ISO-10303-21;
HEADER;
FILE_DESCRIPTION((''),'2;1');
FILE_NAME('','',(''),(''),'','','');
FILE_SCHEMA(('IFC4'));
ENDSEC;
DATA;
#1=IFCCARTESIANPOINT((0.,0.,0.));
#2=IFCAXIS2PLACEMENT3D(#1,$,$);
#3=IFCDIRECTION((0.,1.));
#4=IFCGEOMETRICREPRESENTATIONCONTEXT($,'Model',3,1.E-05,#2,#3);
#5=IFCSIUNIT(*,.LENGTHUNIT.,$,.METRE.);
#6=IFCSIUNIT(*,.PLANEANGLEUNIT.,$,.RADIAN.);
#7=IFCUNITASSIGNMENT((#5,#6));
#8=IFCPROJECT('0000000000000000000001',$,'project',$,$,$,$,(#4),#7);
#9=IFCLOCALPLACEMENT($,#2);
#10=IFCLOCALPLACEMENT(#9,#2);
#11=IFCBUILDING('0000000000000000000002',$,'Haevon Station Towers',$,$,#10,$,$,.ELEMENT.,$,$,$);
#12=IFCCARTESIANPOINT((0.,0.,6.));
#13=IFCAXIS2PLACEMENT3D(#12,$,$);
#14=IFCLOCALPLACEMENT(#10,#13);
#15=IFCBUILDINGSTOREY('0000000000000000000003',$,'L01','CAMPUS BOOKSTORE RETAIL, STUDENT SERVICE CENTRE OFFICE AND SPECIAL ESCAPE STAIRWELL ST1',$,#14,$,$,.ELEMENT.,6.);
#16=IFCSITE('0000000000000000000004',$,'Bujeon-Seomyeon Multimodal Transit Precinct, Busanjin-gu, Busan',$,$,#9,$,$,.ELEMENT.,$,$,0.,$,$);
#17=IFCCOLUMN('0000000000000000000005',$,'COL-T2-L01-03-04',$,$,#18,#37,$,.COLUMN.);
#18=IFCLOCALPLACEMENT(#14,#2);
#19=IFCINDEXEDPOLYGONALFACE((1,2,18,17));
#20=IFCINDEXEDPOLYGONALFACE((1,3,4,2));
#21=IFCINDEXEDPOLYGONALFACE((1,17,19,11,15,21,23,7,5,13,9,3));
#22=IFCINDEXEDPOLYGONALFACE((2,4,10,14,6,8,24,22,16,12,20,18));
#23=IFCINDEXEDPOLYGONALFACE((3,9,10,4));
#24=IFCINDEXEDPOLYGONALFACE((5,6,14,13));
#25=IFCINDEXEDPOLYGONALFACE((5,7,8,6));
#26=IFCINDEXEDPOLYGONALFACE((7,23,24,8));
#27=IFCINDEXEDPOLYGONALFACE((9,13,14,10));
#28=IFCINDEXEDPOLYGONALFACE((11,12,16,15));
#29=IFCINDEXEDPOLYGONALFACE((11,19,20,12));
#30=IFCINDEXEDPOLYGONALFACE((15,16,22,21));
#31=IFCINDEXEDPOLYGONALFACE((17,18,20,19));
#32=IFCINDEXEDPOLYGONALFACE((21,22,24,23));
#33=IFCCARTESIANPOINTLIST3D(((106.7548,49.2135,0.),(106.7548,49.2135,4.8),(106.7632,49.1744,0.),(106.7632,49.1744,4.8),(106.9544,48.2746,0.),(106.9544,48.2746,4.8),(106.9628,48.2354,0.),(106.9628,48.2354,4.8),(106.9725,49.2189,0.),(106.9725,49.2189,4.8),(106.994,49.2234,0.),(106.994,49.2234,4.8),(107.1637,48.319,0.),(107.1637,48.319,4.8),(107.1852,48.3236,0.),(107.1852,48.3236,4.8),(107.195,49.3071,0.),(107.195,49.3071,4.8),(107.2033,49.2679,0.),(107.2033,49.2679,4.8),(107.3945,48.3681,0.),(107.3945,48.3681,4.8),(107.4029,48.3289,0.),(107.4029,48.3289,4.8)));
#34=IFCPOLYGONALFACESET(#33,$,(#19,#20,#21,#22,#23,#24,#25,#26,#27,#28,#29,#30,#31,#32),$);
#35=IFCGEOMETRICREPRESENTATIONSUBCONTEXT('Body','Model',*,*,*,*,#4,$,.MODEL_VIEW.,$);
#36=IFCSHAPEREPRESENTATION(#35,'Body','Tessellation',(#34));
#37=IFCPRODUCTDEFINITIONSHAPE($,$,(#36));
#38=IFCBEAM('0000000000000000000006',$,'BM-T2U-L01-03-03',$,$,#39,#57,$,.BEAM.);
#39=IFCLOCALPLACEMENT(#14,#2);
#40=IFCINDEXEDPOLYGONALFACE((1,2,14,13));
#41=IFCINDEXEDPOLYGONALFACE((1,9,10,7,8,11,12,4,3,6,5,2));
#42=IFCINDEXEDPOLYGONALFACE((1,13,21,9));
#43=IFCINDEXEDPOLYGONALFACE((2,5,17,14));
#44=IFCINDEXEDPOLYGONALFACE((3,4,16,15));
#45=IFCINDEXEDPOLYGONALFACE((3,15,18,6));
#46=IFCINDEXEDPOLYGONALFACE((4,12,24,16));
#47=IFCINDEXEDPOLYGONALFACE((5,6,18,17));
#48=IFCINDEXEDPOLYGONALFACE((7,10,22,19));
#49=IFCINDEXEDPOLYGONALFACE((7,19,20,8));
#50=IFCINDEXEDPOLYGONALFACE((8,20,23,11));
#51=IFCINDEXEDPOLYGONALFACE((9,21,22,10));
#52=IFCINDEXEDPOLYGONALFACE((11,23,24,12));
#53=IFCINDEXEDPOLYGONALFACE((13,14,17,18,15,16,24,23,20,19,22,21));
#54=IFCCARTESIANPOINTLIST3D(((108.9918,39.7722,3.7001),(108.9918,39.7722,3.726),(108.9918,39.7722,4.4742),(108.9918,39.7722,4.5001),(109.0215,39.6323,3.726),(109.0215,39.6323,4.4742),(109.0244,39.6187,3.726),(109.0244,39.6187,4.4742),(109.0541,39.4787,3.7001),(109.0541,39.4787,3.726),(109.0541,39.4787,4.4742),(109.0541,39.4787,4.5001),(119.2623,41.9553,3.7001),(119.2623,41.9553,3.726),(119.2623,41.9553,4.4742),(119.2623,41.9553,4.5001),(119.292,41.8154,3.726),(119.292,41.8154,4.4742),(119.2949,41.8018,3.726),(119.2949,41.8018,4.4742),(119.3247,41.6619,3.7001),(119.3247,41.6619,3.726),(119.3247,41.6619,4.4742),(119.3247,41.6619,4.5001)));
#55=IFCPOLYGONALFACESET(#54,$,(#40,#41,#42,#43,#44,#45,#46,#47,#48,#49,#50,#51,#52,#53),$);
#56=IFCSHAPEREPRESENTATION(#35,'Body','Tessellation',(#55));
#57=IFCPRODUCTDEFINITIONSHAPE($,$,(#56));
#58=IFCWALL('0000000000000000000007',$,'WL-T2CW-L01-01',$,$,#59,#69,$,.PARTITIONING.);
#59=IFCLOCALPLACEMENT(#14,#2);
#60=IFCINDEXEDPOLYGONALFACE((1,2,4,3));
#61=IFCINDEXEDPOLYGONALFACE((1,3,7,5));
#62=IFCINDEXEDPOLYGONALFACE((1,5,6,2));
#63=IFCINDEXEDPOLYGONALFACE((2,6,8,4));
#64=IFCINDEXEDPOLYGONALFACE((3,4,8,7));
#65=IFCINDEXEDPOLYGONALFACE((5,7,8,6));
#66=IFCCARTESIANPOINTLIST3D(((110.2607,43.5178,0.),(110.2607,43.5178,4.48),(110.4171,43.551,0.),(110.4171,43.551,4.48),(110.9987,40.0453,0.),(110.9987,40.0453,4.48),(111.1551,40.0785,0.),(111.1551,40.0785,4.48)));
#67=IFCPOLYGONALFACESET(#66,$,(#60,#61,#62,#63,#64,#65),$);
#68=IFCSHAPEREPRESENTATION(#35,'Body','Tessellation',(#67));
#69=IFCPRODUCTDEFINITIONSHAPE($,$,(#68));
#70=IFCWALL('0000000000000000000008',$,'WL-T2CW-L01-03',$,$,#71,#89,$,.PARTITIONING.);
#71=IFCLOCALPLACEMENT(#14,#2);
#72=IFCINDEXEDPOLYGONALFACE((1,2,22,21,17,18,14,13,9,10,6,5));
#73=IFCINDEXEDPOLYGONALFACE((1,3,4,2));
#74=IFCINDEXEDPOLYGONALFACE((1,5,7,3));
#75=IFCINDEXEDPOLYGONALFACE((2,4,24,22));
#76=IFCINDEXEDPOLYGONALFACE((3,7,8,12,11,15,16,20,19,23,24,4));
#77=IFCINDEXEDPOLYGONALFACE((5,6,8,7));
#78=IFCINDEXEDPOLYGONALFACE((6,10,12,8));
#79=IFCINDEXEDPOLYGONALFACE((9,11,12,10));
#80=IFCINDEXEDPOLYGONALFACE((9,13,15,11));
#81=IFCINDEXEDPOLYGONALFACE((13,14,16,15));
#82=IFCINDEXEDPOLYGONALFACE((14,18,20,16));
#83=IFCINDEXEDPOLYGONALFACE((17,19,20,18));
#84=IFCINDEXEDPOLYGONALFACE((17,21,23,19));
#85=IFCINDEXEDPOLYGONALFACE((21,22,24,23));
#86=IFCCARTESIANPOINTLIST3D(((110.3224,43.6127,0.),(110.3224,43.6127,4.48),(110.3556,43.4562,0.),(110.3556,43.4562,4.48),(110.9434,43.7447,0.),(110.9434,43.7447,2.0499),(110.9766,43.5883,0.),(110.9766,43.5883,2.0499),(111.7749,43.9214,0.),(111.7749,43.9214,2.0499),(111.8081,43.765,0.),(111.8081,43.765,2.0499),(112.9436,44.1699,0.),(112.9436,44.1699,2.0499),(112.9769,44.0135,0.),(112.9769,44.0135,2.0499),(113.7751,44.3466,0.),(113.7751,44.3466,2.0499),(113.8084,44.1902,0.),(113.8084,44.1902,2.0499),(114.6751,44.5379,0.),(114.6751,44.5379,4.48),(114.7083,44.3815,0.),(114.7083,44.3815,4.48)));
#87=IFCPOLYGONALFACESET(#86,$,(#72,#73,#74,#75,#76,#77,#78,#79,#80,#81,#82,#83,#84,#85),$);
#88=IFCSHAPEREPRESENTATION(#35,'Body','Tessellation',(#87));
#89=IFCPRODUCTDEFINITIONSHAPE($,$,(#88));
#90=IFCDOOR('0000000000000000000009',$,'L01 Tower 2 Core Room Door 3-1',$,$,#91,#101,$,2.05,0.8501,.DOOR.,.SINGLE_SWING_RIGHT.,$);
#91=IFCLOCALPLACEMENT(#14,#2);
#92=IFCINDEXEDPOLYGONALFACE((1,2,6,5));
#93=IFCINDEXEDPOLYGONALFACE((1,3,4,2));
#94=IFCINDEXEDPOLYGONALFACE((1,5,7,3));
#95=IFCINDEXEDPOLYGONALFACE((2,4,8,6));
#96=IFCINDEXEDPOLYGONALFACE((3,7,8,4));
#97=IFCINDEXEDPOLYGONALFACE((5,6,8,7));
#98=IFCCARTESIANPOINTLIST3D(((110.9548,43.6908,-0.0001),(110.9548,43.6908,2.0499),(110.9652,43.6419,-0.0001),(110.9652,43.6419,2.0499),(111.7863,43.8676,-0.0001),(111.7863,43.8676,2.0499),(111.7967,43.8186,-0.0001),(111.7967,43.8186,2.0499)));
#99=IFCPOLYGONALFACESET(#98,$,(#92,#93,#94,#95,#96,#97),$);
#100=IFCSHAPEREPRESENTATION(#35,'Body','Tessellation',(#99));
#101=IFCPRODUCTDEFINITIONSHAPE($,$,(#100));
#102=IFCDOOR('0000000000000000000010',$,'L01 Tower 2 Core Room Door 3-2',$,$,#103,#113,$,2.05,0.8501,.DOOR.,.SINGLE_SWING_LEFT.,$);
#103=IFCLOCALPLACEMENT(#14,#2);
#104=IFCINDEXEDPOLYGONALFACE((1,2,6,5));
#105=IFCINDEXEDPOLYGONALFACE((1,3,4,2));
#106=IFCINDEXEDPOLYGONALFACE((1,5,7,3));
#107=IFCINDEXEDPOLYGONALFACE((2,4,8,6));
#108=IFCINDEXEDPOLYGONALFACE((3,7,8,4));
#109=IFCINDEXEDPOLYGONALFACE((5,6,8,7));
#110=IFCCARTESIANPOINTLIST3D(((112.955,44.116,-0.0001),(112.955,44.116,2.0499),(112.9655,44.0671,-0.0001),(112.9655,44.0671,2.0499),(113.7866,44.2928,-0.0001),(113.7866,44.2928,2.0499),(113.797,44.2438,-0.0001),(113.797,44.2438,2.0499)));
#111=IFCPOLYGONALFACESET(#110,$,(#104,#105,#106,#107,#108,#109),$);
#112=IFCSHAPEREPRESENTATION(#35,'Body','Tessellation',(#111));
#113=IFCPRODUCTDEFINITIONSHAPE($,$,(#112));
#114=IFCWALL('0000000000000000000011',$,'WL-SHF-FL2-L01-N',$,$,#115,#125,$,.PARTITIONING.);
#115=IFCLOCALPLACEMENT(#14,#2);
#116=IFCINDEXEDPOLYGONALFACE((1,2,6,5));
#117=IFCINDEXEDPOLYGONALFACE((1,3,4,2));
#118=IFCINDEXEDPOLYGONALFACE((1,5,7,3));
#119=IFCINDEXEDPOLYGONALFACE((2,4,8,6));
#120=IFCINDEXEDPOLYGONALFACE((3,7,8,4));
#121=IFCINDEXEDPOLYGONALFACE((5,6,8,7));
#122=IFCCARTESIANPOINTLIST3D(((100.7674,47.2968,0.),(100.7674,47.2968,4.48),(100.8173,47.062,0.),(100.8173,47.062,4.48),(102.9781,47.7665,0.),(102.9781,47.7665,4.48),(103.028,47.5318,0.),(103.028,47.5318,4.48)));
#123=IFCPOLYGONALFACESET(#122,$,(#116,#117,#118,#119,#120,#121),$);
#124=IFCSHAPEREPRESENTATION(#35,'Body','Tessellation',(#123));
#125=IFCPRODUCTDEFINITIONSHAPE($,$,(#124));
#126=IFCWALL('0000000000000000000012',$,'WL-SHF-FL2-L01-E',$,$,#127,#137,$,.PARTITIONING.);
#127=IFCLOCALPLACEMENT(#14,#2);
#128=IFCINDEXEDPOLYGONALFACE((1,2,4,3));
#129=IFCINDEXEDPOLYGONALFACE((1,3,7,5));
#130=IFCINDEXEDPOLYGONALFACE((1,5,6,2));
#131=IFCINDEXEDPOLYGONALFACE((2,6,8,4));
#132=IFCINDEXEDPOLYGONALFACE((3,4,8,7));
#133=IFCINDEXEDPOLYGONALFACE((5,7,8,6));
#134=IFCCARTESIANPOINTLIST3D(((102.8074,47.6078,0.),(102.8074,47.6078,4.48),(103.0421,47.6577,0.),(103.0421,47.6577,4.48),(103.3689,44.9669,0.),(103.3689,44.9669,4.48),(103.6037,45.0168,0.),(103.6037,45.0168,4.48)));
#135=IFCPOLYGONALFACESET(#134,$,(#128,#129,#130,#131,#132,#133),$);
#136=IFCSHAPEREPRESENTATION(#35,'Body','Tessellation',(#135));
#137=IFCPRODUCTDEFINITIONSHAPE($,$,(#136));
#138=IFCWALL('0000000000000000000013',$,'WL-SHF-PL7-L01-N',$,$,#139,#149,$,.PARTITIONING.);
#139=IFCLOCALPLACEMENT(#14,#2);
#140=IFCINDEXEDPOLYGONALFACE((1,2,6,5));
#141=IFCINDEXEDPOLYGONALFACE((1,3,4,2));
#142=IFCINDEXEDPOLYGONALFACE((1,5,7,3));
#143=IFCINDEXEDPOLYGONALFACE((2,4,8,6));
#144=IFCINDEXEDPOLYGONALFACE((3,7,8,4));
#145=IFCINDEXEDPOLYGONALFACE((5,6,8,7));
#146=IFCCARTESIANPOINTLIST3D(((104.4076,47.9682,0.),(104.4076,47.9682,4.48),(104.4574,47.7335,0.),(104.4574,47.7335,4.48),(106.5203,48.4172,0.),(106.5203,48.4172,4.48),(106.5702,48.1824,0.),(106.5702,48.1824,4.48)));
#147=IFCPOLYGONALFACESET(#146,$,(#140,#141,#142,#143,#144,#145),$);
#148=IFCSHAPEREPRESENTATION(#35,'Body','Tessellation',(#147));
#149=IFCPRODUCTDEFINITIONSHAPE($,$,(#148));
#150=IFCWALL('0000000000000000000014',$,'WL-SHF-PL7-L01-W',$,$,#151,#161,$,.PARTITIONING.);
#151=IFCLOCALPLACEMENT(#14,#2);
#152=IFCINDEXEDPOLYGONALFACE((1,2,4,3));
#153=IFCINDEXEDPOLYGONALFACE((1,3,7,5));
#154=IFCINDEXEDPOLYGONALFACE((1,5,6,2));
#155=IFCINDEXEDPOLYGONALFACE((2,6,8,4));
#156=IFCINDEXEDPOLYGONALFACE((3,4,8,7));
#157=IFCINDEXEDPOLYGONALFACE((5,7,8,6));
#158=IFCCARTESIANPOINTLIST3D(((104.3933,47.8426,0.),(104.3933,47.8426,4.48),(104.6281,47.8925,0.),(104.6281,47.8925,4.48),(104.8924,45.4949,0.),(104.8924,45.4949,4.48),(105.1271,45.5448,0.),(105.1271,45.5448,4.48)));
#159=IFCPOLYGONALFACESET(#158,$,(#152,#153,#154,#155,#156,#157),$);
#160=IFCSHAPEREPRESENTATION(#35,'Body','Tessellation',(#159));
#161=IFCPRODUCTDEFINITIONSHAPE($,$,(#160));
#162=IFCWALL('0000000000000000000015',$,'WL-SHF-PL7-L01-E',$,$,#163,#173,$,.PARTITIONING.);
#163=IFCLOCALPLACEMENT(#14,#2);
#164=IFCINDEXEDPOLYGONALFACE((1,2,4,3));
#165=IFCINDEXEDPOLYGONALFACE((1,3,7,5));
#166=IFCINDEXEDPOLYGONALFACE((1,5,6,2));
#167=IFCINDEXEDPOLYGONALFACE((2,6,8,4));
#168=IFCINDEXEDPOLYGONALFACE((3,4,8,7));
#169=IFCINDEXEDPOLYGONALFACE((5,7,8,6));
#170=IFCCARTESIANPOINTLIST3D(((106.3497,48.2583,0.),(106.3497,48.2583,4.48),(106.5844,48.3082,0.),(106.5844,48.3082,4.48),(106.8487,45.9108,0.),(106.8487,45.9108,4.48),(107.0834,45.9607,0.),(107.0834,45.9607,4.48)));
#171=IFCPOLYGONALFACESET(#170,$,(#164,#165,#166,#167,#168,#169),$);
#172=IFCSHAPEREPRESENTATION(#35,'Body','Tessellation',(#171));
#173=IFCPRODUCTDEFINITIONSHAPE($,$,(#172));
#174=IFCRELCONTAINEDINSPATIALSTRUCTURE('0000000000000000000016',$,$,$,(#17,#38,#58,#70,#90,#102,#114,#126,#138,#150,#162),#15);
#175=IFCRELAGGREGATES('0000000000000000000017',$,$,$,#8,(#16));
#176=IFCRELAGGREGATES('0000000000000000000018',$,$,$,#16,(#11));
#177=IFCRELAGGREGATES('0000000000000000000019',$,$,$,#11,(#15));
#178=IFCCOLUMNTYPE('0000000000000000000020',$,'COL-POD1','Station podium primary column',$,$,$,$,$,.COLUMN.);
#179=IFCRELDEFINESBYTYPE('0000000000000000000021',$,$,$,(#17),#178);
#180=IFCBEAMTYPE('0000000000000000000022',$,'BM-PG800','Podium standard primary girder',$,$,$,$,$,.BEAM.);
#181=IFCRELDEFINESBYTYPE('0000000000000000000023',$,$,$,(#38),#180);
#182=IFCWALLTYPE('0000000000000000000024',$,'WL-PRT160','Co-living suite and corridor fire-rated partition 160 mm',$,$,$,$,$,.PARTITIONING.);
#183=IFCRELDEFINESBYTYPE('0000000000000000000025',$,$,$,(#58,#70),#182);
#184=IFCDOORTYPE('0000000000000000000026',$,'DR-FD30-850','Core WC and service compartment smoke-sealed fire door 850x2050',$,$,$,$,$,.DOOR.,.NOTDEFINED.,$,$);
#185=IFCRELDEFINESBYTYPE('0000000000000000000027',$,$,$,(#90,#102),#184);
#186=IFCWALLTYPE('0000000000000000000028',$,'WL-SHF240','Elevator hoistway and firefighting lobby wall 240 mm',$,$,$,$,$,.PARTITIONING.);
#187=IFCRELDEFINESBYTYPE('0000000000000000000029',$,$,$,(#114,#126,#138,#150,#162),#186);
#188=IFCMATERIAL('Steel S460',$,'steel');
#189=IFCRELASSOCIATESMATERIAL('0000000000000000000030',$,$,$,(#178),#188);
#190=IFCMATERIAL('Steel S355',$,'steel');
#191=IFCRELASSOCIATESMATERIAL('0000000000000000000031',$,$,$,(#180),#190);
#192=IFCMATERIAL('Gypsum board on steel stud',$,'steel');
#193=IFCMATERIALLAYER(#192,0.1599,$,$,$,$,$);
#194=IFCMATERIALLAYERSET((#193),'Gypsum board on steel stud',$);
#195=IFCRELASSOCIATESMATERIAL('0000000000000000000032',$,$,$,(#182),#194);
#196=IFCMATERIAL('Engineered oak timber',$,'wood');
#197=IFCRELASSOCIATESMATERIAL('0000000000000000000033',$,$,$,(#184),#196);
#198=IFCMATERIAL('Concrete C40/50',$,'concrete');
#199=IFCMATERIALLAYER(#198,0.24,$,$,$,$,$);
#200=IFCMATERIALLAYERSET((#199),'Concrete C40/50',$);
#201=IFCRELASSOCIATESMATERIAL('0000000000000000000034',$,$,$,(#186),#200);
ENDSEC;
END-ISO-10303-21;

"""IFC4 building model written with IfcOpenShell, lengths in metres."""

from ifc_helpers import new_model, si_unit, direction, frame, frame_2d, origin, origin_2d, place, context, subcontext, project, spatial, rectangle, i_section, extrude, material, layer, layer_set, material_profile, profile_set, type_object, element, fill, save


model = new_model("IFC4")

# Units and contexts
model_context = context("Model", 3, precision=1e-05, world=origin(), true_north=direction((0.0, 1.0)))
body_context = subcontext(model_context, "Body", "Model", "MODEL_VIEW")
ifc_project = project(units=[si_unit("LENGTHUNIT", "METRE"), si_unit("PLANEANGLEUNIT", "RADIAN")], contexts=[model_context])

# Site, building, storey
site_placement = place(None, origin())
site = spatial("IfcSite", under=ifc_project, at=site_placement, Name="Bujeon-Seomyeon Multimodal Transit Precinct, Busanjin-gu, Busan", CompositionType="ELEMENT", RefElevation=0.0)
building_placement = place(site_placement, origin())
building = spatial("IfcBuilding", under=site, at=building_placement, Name="Haevon Station Towers", CompositionType="ELEMENT")
storey_placement = place(building_placement, frame((0.0, 0.0, 6.0)))
storey = spatial("IfcBuildingStorey", under=building, at=storey_placement, Name="L01", Description="CAMPUS BOOKSTORE RETAIL, STUDENT SERVICE CENTRE OFFICE AND SPECIAL ESCAPE STAIRWELL ST1", CompositionType="ELEMENT", Elevation=6.0)

# Column
ifc_material_1 = material(Name="Steel S460", Category="steel")
ifc_material_profile_1 = material_profile(ifc_material_1, i_section(OverallWidth=0.45, OverallDepth=1.0, WebThickness=0.022, FlangeThickness=0.04, at=origin_2d()), Name="H-1000x450x22x40")
ifc_profile_set_1 = profile_set([ifc_material_profile_1], Name="Steel S460")
column_type = type_object("IfcColumnType", Name="COL-POD1", Description="Station podium primary column", PredefinedType="COLUMN", material=ifc_profile_set_1)
column_placement = place(storey_placement, frame((107.0789, 48.7712, 0.0), z_axis=(0.0, 0.0, 1.0), x_axis=(0.978148, 0.207912, 0.0)))
element("IfcColumn", 1, at=column_placement, inside=storey, type_object=column_type, Name="COL-T2-L01-03-04", PredefinedType="COLUMN", context=body_context, shape_type="SweptSolid", body=[
    extrude(i_section(OverallWidth=0.45, OverallDepth=1.0, WebThickness=0.022, FlangeThickness=0.04, at=origin_2d()), origin(), (0.0, 0.0, 1.0), 4.8),
])

# Beam
ifc_material_2 = material(Name="Steel S355", Category="steel")
ifc_material_profile_2 = material_profile(ifc_material_2, i_section(OverallWidth=0.3, OverallDepth=0.8, WebThickness=0.0139, FlangeThickness=0.0259, at=origin_2d()), Name="H-800x300x14x26")
ifc_profile_set_2 = profile_set([ifc_material_profile_2], Name="Steel S355")
beam_type = type_object("IfcBeamType", Name="BM-PG800", Description="Podium standard primary girder", PredefinedType="BEAM", material=ifc_profile_set_2)
beam_placement = place(storey_placement, frame((109.0229, 39.6255, 4.1001), z_axis=(0.978147, 0.207915, 0.0), x_axis=(-0.207915, 0.978147, 0.0)))
element("IfcBeam", 2, at=beam_placement, inside=storey, type_object=beam_type, Name="BM-T2U-L01-03-03", PredefinedType="BEAM", context=body_context, shape_type="SweptSolid", body=[
    extrude(i_section(OverallWidth=0.3, OverallDepth=0.8, WebThickness=0.0139, FlangeThickness=0.0259, at=origin_2d()), origin(), (0.0, 0.0, 1.0), 10.5),
])

# Wall
ifc_material_3 = material(Name="Gypsum board on steel stud", Category="steel")
ifc_layer_1 = layer(ifc_material_3, 0.1599)
ifc_layer_set_1 = layer_set([ifc_layer_1], Name="Gypsum board on steel stud")
wall_type_1 = type_object("IfcWallType", Name="WL-PRT160", Description="Co-living suite and corridor fire-rated partition 160 mm", PredefinedType="PARTITIONING", material=ifc_layer_set_1)
wall_1_placement = place(storey_placement, frame((111.0769, 40.062, 0.0), z_axis=(0.0, 0.0, 1.0), x_axis=(-0.207899, 0.97815, 0.0)))
element("IfcWall", 3, at=wall_1_placement, inside=storey, type_object=wall_type_1, Name="WL-T2CW-L01-01", PredefinedType="PARTITIONING", context=body_context, shape_type="SweptSolid", body=[
    extrude(rectangle(XDim=3.55, YDim=0.1599, at=frame_2d((1.7749, 0.0))), origin(), (0.0, 0.0, 1.0), 4.48),
])

# Wall, openings, doors
wall_2_placement = place(storey_placement, frame((110.3389, 43.5344, 0.0), z_axis=(0.0, 0.0, 1.0), x_axis=(0.978144, 0.207929, 0.0)))
wall_2 = element("IfcWall", 4, at=wall_2_placement, inside=storey, type_object=wall_type_1, Name="WL-T2CW-L01-03", PredefinedType="PARTITIONING", context=body_context, shape_type="SweptSolid", body=[
    extrude(rectangle(XDim=4.45, YDim=0.1599, at=frame_2d((2.2251, 0.0))), origin(), (0.0, 0.0, 1.0), 4.48),
])
opening_1_placement = place(wall_2_placement, frame((0.635, 0.0, 0.0)))
opening_1 = element("IfcOpeningElement", 5, at=opening_1_placement, cuts=wall_2, PredefinedType="OPENING", context=body_context, shape_type="SweptSolid", body=[
    extrude(rectangle(XDim=0.8501, YDim=2.05, at=frame_2d((0.425, 1.0249))), frame((0.0, 0.0898, 0.0), z_axis=(0.0, -1.0, 0.0), x_axis=(1.0, 0.0, 0.0)), (0.0, 0.0, 1.0), 0.1799),
])
opening_2_placement = place(wall_2_placement, frame((2.6799, 0.0, 0.0)))
opening_2 = element("IfcOpeningElement", 6, at=opening_2_placement, cuts=wall_2, PredefinedType="OPENING", context=body_context, shape_type="SweptSolid", body=[
    extrude(rectangle(XDim=0.8501, YDim=2.05, at=frame_2d((0.425, 1.0249))), frame((0.0, 0.0898, 0.0), z_axis=(0.0, -1.0, 0.0), x_axis=(1.0, 0.0, 0.0)), (0.0, 0.0, 1.0), 0.1799),
])
ifc_material_4 = material(Name="Engineered oak timber", Category="wood")
door_type_1 = type_object("IfcDoorType", Name="DR-FD30-850", Description="Core WC and service compartment smoke-sealed fire door 850x2050", OperationType="NOTDEFINED", PredefinedType="DOOR", material=ifc_material_4)
door_1_placement = place(opening_1_placement, origin())
door_1 = element("IfcDoor", 7, at=door_1_placement, inside=storey, type_object=door_type_1, Name="L01 Tower 2 Core Room Door 3-1", OperationType="SINGLE_SWING_RIGHT", OverallHeight=2.05, OverallWidth=0.8501, PredefinedType="DOOR", context=body_context, shape_type="SweptSolid", body=[
    extrude(rectangle(XDim=0.8501, YDim=2.05, at=frame_2d((0.425, 1.0249))), frame((0.0, 0.0249, 0.0), z_axis=(0.0, -1.0, 0.0), x_axis=(1.0, 0.0, 0.0)), (0.0, 0.0, 1.0), 0.05),
])
fill(opening_1, door_1)
door_2_placement = place(opening_2_placement, origin())
door_2 = element("IfcDoor", 8, at=door_2_placement, inside=storey, type_object=door_type_1, Name="L01 Tower 2 Core Room Door 3-2", OperationType="SINGLE_SWING_LEFT", OverallHeight=2.05, OverallWidth=0.8501, PredefinedType="DOOR", context=body_context, shape_type="SweptSolid", body=[
    extrude(rectangle(XDim=0.8501, YDim=2.05, at=frame_2d((0.425, 1.0249))), frame((0.0, 0.0249, 0.0), z_axis=(0.0, -1.0, 0.0), x_axis=(1.0, 0.0, 0.0)), (0.0, 0.0, 1.0), 0.05),
])
fill(opening_2, door_2)

# Shared definitions
ifc_material_5 = material(Name="Concrete C40/50", Category="concrete")
ifc_layer_2 = layer(ifc_material_5, 0.24)
ifc_layer_set_2 = layer_set([ifc_layer_2], Name="Concrete C40/50")
wall_type_2 = type_object("IfcWallType", Name="WL-SHF240", Description="Elevator hoistway and firefighting lobby wall 240 mm", PredefinedType="PARTITIONING", material=ifc_layer_set_2)

# Walls
wall_3_placement = place(storey_placement, frame((100.7925, 47.1794, 0.0), z_axis=(0.0, 0.0, 1.0), x_axis=(0.978163, 0.207839, 0.0)))
element("IfcWall", 9, at=wall_3_placement, inside=storey, type_object=wall_type_2, Name="WL-SHF-FL2-L01-N", PredefinedType="PARTITIONING", context=body_context, shape_type="SweptSolid", body=[
    extrude(rectangle(XDim=2.26, YDim=0.24, at=frame_2d((1.1299, 0.0))), origin(), (0.0, 0.0, 1.0), 4.48),
])
wall_4_placement = place(storey_placement, frame((103.4863, 44.9917, 0.0), z_axis=(0.0, 0.0, 1.0), x_axis=(-0.207979, 0.978133, 0.0)))
element("IfcWall", 10, at=wall_4_placement, inside=storey, type_object=wall_type_2, Name="WL-SHF-FL2-L01-E", PredefinedType="PARTITIONING", context=body_context, shape_type="SweptSolid", body=[
    extrude(rectangle(XDim=2.7, YDim=0.24, at=frame_2d((1.3501, 0.0))), origin(), (0.0, 0.0, 1.0), 4.48),
])

# Walls
wall_5_placement = place(storey_placement, frame((104.4324, 47.8508, 0.0), z_axis=(0.0, 0.0, 1.0), x_axis=(0.978158, 0.207861, 0.0)))
element("IfcWall", 11, at=wall_5_placement, inside=storey, type_object=wall_type_2, Name="WL-SHF-PL7-L01-N", PredefinedType="PARTITIONING", context=body_context, shape_type="SweptSolid", body=[
    extrude(rectangle(XDim=2.1599, YDim=0.24, at=frame_2d((1.0801, 0.0))), origin(), (0.0, 0.0, 1.0), 4.48),
])
wall_6_placement = place(storey_placement, frame((105.0098, 45.5198, 0.0), z_axis=(0.0, 0.0, 1.0), x_axis=(-0.207917, 0.978146, 0.0)))
element("IfcWall", 12, at=wall_6_placement, inside=storey, type_object=wall_type_2, Name="WL-SHF-PL7-L01-W", PredefinedType="PARTITIONING", context=body_context, shape_type="SweptSolid", body=[
    extrude(rectangle(XDim=2.4001, YDim=0.24, at=frame_2d((1.2002, 0.0))), origin(), (0.0, 0.0, 1.0), 4.48),
])
wall_7_placement = place(storey_placement, frame((106.9661, 45.9358, 0.0), z_axis=(0.0, 0.0, 1.0), x_axis=(-0.207938, 0.978142, 0.0)))
element("IfcWall", 13, at=wall_7_placement, inside=storey, type_object=wall_type_2, Name="WL-SHF-PL7-L01-E", PredefinedType="PARTITIONING", context=body_context, shape_type="SweptSolid", body=[
    extrude(rectangle(XDim=2.3999, YDim=0.24, at=frame_2d((1.2, 0.0))), origin(), (0.0, 0.0, 1.0), 4.48),
])

save(model, "model.ifc")
